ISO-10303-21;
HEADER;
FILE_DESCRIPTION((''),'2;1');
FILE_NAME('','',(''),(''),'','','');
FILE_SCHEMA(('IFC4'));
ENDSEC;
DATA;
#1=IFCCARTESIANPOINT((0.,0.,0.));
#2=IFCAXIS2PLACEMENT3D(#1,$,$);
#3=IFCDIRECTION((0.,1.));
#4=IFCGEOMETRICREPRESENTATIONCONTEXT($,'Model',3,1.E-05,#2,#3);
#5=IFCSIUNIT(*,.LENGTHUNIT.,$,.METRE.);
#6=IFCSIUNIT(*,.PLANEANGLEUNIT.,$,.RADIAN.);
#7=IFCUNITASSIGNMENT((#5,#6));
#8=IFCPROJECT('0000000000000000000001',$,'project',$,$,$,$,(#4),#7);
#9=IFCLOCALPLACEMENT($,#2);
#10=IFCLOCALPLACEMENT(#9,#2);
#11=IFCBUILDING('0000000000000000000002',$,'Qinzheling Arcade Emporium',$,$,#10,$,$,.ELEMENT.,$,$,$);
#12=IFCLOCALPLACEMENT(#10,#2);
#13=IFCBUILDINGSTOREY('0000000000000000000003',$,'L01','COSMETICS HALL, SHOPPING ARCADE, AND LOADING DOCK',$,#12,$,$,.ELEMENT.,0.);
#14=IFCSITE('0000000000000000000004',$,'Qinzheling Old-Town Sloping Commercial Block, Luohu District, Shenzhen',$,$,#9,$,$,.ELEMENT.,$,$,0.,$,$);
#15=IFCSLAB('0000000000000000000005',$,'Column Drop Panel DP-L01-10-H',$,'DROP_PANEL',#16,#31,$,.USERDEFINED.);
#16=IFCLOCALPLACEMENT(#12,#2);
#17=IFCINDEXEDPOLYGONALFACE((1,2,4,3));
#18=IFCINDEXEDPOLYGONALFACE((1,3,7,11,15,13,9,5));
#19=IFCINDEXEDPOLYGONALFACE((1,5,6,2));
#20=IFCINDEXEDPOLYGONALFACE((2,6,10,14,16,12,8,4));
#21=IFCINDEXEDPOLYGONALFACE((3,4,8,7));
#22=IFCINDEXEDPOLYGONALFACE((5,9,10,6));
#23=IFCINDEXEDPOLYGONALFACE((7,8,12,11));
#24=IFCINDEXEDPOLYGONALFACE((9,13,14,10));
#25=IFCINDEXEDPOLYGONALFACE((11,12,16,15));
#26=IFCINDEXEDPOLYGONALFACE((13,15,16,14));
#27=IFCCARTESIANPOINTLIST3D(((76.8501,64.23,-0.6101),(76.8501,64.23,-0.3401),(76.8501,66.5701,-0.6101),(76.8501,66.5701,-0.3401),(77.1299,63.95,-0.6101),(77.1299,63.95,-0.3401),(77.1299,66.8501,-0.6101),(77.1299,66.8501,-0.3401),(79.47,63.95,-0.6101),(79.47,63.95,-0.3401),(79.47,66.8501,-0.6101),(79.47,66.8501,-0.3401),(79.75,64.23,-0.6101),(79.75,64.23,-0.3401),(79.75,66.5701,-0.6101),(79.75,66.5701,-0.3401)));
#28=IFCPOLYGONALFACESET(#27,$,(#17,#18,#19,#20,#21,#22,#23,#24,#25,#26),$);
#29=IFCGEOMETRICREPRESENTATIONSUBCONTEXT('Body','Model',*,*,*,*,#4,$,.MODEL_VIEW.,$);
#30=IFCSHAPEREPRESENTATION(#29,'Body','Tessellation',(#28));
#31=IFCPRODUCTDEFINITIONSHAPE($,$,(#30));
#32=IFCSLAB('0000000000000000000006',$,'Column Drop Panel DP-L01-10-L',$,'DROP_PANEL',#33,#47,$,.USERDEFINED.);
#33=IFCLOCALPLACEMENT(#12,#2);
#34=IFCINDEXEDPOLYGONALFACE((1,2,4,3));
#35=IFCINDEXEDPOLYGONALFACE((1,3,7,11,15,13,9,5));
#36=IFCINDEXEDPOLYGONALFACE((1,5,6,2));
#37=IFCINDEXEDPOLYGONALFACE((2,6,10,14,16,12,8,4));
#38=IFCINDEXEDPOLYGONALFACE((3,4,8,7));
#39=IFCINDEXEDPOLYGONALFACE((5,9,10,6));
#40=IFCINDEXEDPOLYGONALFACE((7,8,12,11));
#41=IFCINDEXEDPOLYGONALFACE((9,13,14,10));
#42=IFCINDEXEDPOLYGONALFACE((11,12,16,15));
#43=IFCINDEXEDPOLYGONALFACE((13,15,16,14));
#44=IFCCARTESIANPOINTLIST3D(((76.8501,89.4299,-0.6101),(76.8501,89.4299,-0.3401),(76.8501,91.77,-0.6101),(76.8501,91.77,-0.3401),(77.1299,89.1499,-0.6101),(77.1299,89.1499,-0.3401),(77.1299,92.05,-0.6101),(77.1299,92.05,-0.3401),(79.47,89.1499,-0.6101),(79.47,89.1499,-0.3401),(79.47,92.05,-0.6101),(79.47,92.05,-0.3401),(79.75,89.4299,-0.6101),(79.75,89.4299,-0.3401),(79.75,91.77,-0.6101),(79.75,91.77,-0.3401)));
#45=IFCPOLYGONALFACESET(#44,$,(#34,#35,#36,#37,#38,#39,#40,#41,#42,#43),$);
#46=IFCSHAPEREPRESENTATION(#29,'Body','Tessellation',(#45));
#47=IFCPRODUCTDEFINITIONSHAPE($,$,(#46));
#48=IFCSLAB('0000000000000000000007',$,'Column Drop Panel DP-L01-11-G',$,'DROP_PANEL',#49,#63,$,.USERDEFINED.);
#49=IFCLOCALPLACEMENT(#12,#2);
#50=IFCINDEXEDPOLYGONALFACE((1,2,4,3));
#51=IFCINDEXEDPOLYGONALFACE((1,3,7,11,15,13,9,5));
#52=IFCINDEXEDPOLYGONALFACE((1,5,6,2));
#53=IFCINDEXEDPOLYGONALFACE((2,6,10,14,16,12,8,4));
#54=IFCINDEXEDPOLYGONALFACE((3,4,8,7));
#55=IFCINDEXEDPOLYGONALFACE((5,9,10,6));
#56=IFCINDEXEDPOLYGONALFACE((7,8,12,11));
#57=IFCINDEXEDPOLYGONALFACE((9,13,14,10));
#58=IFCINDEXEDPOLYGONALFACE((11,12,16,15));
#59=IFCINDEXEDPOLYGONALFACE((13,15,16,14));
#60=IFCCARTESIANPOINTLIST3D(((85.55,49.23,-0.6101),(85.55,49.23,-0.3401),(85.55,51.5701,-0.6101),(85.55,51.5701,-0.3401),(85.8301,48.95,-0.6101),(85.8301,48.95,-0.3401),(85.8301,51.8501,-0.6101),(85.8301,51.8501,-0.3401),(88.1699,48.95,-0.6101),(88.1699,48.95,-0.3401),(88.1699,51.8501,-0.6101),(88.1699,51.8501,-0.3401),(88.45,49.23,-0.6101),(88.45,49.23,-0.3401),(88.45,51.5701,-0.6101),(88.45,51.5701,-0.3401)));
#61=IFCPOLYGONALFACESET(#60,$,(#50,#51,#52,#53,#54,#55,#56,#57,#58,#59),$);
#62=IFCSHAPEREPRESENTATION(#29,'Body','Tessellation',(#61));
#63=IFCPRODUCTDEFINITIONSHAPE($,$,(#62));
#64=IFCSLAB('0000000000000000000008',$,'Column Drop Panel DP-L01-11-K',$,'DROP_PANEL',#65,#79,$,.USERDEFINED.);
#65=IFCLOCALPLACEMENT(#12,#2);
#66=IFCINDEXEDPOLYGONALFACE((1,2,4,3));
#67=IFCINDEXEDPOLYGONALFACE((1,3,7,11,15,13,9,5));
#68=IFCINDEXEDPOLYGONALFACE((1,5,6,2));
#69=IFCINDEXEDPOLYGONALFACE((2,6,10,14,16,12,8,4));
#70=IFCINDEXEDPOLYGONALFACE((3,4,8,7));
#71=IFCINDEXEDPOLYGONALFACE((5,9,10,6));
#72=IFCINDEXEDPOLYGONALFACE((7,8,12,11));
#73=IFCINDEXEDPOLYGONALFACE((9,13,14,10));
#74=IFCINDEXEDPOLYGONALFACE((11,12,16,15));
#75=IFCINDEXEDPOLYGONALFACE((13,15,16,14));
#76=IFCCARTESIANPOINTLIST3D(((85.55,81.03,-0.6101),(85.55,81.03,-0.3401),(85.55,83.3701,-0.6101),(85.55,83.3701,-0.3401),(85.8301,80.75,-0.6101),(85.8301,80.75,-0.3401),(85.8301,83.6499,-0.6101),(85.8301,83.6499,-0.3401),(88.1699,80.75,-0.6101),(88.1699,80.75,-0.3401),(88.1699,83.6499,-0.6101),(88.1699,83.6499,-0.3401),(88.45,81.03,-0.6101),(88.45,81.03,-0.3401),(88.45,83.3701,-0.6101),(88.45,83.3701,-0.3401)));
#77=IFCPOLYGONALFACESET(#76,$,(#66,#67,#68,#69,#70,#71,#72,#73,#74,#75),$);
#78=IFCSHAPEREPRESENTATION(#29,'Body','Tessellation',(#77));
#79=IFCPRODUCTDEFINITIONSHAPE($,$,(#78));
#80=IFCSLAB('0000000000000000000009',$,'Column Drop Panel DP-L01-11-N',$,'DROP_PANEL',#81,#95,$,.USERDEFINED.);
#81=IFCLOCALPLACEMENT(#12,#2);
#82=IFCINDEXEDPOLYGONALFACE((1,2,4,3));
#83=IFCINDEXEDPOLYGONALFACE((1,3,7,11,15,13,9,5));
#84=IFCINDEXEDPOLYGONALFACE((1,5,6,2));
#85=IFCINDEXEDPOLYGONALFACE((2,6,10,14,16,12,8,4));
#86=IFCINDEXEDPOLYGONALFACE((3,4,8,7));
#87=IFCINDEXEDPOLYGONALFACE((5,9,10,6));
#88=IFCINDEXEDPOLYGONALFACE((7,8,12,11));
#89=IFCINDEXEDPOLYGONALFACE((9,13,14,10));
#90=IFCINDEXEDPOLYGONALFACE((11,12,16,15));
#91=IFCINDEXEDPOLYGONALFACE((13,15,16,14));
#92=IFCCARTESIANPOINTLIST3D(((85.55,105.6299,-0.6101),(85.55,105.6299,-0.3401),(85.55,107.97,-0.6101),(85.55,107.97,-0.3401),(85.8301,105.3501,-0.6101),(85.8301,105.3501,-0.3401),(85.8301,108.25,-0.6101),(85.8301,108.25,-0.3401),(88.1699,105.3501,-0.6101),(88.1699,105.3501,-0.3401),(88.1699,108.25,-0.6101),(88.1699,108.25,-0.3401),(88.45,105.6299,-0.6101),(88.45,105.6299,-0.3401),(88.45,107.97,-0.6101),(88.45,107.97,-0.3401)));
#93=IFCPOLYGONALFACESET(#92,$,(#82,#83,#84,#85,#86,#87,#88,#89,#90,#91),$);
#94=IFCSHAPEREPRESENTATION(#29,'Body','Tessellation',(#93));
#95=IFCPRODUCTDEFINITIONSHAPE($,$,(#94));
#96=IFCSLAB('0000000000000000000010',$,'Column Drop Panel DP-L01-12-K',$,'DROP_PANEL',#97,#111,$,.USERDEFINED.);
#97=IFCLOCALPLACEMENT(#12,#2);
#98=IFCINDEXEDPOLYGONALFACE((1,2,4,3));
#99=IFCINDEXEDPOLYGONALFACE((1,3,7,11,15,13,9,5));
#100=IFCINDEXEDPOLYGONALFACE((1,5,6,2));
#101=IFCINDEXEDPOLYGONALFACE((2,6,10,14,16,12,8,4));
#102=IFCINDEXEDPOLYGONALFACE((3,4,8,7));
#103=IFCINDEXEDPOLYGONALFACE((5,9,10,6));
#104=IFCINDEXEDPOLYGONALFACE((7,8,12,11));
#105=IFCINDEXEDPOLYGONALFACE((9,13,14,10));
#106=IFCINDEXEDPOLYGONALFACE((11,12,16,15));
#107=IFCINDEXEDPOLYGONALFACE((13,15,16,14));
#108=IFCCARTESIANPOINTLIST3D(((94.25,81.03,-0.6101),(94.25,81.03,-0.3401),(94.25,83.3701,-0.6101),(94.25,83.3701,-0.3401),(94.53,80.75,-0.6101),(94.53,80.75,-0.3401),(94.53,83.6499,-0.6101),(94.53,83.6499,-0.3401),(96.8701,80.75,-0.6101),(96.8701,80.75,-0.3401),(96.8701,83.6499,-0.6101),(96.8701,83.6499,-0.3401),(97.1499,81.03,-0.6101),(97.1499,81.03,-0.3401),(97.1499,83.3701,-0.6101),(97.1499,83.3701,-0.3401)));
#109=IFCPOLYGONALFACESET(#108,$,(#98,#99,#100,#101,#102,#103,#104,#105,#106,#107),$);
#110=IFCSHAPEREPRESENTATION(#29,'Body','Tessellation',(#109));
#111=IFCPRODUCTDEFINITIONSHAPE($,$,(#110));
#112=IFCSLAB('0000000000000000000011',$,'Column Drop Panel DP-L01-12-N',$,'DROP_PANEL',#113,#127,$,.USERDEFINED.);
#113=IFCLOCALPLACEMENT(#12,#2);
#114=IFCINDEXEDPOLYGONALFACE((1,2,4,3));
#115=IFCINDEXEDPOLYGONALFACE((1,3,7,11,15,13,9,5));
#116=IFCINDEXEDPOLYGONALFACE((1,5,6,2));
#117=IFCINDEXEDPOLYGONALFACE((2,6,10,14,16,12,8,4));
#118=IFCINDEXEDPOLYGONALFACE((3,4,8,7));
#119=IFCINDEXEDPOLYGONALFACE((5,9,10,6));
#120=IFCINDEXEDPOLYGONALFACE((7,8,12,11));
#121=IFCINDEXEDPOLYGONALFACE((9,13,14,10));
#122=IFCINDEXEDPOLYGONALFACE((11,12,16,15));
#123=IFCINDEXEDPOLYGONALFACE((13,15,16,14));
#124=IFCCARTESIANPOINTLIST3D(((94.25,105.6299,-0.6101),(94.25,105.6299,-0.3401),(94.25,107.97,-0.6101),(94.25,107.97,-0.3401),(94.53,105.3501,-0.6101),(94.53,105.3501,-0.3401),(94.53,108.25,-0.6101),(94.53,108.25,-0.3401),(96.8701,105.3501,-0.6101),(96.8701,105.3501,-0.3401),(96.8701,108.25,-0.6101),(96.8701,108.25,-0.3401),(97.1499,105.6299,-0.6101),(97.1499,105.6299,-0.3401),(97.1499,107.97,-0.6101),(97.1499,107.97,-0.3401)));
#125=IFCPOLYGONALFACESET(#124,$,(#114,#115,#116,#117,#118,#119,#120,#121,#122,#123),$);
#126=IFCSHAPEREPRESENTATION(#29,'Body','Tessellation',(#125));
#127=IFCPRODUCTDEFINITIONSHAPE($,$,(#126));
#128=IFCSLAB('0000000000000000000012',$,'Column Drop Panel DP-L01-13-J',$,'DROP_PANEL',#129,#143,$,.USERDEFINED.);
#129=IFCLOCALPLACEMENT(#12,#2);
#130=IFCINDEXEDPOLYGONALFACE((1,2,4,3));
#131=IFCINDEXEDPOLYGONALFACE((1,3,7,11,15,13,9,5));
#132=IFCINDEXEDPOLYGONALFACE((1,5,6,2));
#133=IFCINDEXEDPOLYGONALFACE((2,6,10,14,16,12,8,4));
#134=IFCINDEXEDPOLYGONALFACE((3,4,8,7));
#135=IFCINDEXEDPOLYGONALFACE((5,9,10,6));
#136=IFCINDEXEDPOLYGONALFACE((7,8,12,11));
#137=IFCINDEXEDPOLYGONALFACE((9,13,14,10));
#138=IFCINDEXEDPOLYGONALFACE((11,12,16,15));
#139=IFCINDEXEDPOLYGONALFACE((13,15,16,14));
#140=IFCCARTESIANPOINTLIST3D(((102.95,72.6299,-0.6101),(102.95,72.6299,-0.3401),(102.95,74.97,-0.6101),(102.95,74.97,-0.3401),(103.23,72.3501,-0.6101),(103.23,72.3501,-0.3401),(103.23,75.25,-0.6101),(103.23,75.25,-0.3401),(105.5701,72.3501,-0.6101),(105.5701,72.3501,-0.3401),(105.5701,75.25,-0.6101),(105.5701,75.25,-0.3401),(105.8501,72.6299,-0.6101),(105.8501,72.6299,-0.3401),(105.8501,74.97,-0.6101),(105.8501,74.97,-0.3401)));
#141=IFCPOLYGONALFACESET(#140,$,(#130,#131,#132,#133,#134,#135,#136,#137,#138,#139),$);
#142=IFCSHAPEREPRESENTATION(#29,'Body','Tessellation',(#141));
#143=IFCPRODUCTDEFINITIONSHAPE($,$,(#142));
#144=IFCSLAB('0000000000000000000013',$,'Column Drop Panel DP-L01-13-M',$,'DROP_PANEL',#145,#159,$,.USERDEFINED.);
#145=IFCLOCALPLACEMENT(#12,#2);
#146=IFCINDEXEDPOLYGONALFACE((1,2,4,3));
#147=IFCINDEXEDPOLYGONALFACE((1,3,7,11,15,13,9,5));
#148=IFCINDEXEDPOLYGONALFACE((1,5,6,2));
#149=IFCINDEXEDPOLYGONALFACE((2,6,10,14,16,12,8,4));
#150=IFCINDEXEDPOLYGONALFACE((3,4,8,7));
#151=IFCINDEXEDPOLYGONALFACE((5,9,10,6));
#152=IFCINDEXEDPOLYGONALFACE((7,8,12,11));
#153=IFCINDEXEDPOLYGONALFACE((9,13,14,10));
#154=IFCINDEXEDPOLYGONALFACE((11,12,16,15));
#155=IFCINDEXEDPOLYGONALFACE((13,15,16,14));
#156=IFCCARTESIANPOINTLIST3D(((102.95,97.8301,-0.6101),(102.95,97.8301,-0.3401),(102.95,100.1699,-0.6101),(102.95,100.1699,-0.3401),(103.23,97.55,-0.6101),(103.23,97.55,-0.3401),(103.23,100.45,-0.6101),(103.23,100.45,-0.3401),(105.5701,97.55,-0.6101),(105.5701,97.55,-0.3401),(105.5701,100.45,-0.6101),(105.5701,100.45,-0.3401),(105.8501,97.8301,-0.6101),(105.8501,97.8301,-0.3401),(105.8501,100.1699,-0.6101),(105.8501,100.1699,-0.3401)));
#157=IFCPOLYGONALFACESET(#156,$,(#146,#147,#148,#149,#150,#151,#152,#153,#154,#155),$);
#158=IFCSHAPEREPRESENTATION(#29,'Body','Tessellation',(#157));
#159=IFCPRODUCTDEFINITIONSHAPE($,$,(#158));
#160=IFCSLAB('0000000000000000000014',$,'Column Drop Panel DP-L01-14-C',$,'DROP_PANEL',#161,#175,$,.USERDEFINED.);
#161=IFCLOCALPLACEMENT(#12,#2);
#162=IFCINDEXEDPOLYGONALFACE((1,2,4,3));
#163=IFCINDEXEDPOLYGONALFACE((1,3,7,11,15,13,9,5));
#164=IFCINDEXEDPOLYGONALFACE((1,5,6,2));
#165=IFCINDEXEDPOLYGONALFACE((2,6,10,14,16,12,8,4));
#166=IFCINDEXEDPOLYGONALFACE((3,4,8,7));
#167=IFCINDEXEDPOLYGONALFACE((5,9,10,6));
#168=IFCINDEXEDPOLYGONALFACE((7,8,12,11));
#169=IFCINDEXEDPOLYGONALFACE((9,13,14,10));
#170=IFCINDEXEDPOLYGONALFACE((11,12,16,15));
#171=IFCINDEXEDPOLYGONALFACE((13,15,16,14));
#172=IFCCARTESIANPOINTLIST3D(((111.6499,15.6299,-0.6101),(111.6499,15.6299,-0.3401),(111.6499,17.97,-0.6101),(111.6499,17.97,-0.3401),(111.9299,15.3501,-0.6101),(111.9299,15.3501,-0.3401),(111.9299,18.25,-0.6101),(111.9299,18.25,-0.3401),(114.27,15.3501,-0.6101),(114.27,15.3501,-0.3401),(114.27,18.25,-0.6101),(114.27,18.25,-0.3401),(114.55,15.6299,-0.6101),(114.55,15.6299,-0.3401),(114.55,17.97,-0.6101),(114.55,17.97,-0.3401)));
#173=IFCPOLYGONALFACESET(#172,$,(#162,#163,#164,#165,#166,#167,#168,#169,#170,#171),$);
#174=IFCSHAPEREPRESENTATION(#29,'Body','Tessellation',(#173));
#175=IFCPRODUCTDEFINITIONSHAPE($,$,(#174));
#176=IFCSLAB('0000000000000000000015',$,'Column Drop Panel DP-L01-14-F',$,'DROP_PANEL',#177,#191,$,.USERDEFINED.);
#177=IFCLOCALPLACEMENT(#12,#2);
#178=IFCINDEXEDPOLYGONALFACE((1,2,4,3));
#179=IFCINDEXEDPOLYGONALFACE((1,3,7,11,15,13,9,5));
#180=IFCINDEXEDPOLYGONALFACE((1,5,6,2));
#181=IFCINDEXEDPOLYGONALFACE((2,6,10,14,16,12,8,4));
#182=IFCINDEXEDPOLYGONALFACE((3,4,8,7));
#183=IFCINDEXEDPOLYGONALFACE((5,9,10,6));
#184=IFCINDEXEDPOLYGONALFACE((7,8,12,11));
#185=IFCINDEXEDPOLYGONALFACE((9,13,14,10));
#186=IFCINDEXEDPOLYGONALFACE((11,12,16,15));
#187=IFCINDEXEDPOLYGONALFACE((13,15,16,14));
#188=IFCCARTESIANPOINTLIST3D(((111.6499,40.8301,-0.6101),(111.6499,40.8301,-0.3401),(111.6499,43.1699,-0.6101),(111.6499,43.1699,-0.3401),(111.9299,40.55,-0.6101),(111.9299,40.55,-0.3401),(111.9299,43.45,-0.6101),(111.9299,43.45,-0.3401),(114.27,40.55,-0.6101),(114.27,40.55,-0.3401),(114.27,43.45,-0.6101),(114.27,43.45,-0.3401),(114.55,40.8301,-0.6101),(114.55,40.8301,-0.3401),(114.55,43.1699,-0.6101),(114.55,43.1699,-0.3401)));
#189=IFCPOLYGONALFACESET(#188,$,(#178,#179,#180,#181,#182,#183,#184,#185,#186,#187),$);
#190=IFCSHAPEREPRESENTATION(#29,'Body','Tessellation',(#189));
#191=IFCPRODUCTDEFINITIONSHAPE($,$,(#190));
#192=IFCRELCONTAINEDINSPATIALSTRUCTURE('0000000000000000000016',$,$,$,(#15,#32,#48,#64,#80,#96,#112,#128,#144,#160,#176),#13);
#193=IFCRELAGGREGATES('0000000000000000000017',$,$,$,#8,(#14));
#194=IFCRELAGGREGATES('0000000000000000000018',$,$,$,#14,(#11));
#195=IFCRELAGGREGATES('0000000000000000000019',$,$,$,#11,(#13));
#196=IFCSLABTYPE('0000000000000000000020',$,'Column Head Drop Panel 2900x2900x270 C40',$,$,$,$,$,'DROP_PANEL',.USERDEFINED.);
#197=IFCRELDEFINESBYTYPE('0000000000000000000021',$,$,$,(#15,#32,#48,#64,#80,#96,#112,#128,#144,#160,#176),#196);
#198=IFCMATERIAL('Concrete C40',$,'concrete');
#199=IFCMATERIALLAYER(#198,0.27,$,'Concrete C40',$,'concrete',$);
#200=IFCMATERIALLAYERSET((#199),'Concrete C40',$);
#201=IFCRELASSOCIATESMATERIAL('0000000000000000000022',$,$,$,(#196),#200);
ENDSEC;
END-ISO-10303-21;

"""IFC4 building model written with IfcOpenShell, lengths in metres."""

from ifc_helpers import new_model, si_unit, direction, frame, origin, place, context, subcontext, project, spatial, polyline, outline, extrude, material, layer, layer_set, type_object, element, save


model = new_model("IFC4")

# Units and contexts
model_context = context("Model", 3, precision=1e-05, world=origin(), true_north=direction((0.0, 1.0)))
body_context = subcontext(model_context, "Body", "Model", "MODEL_VIEW")
ifc_project = project(units=[si_unit("LENGTHUNIT", "METRE"), si_unit("PLANEANGLEUNIT", "RADIAN")], contexts=[model_context])

# Site, building, storey
site_placement = place(None, origin())
site = spatial("IfcSite", under=ifc_project, at=site_placement, Name="Qinzheling Old-Town Sloping Commercial Block, Luohu District, Shenzhen", CompositionType="ELEMENT", RefElevation=0.0)
building_placement = place(site_placement, origin())
building = spatial("IfcBuilding", under=site, at=building_placement, Name="Qinzheling Arcade Emporium", CompositionType="ELEMENT")
storey_placement = place(building_placement, origin())
storey = spatial("IfcBuildingStorey", under=building, at=storey_placement, Name="L01", Description="COSMETICS HALL, SHOPPING ARCADE, AND LOADING DOCK", CompositionType="ELEMENT", Elevation=0.0)

# Slabs
ifc_material = material(Name="Concrete C40", Category="concrete")
ifc_layer_1 = layer(ifc_material, 0.27, Name="Concrete C40", Category="concrete")
ifc_layer_set_1 = layer_set([ifc_layer_1], Name="Concrete C40")
slab_type_1 = type_object("IfcSlabType", Name="Column Head Drop Panel 2900x2900x270 C40", ElementType="DROP_PANEL", PredefinedType="USERDEFINED", material=ifc_layer_set_1)
slab_1_placement = place(storey_placement, frame((0.0, 0.0, -0.6101)))
element("IfcSlab", 1, at=slab_1_placement, inside=storey, type_object=slab_type_1, Name="Column Drop Panel DP-L01-10-H", ObjectType="DROP_PANEL", PredefinedType="USERDEFINED", context=body_context, shape_type="SweptSolid", body=[
    extrude(outline(polyline([(77.1299, 63.95), (79.47, 63.95), (79.75, 64.23), (79.75, 66.5701), (79.47, 66.8501), (77.1299, 66.8501), (76.8501, 66.5701), (76.8501, 64.23), (77.1299, 63.95)])), origin(), (0.0, 0.0, 1.0), 0.27),
])
slab_2_placement = place(storey_placement, frame((0.0, 0.0, -0.6101)))
element("IfcSlab", 2, at=slab_2_placement, inside=storey, type_object=slab_type_1, Name="Column Drop Panel DP-L01-10-L", ObjectType="DROP_PANEL", PredefinedType="USERDEFINED", context=body_context, shape_type="SweptSolid", body=[
    extrude(outline(polyline([(77.1299, 89.1499), (79.47, 89.1499), (79.75, 89.4299), (79.75, 91.77), (79.47, 92.05), (77.1299, 92.05), (76.8501, 91.77), (76.8501, 89.4299), (77.1299, 89.1499)])), origin(), (0.0, 0.0, 1.0), 0.27),
])
slab_3_placement = place(storey_placement, frame((0.0, 0.0, -0.6101)))
element("IfcSlab", 3, at=slab_3_placement, inside=storey, type_object=slab_type_1, Name="Column Drop Panel DP-L01-11-G", ObjectType="DROP_PANEL", PredefinedType="USERDEFINED", context=body_context, shape_type="SweptSolid", body=[
    extrude(outline(polyline([(85.8301, 48.95), (88.1699, 48.95), (88.45, 49.23), (88.45, 51.5701), (88.1699, 51.8501), (85.8301, 51.8501), (85.55, 51.5701), (85.55, 49.23), (85.8301, 48.95)])), origin(), (0.0, 0.0, 1.0), 0.27),
])
slab_4_placement = place(storey_placement, frame((0.0, 0.0, -0.6101)))
element("IfcSlab", 4, at=slab_4_placement, inside=storey, type_object=slab_type_1, Name="Column Drop Panel DP-L01-11-K", ObjectType="DROP_PANEL", PredefinedType="USERDEFINED", context=body_context, shape_type="SweptSolid", body=[
    extrude(outline(polyline([(85.8301, 80.75), (88.1699, 80.75), (88.45, 81.03), (88.45, 83.3701), (88.1699, 83.6499), (85.8301, 83.6499), (85.55, 83.3701), (85.55, 81.03), (85.8301, 80.75)])), origin(), (0.0, 0.0, 1.0), 0.27),
])
slab_5_placement = place(storey_placement, frame((0.0, 0.0, -0.6101)))
element("IfcSlab", 5, at=slab_5_placement, inside=storey, type_object=slab_type_1, Name="Column Drop Panel DP-L01-11-N", ObjectType="DROP_PANEL", PredefinedType="USERDEFINED", context=body_context, shape_type="SweptSolid", body=[
    extrude(outline(polyline([(85.8301, 105.3501), (88.1699, 105.3501), (88.45, 105.6299), (88.45, 107.97), (88.1699, 108.25), (85.8301, 108.25), (85.55, 107.97), (85.55, 105.6299), (85.8301, 105.3501)])), origin(), (0.0, 0.0, 1.0), 0.27),
])
slab_6_placement = place(storey_placement, frame((0.0, 0.0, -0.6101)))
element("IfcSlab", 6, at=slab_6_placement, inside=storey, type_object=slab_type_1, Name="Column Drop Panel DP-L01-12-K", ObjectType="DROP_PANEL", PredefinedType="USERDEFINED", context=body_context, shape_type="SweptSolid", body=[
    extrude(outline(polyline([(94.53, 80.75), (96.8701, 80.75), (97.1499, 81.03), (97.1499, 83.3701), (96.8701, 83.6499), (94.53, 83.6499), (94.25, 83.3701), (94.25, 81.03), (94.53, 80.75)])), origin(), (0.0, 0.0, 1.0), 0.27),
])
slab_7_placement = place(storey_placement, frame((0.0, 0.0, -0.6101)))
element("IfcSlab", 7, at=slab_7_placement, inside=storey, type_object=slab_type_1, Name="Column Drop Panel DP-L01-12-N", ObjectType="DROP_PANEL", PredefinedType="USERDEFINED", context=body_context, shape_type="SweptSolid", body=[
    extrude(outline(polyline([(94.53, 105.3501), (96.8701, 105.3501), (97.1499, 105.6299), (97.1499, 107.97), (96.8701, 108.25), (94.53, 108.25), (94.25, 107.97), (94.25, 105.6299), (94.53, 105.3501)])), origin(), (0.0, 0.0, 1.0), 0.27),
])
slab_8_placement = place(storey_placement, frame((0.0, 0.0, -0.6101)))
element("IfcSlab", 8, at=slab_8_placement, inside=storey, type_object=slab_type_1, Name="Column Drop Panel DP-L01-13-J", ObjectType="DROP_PANEL", PredefinedType="USERDEFINED", context=body_context, shape_type="SweptSolid", body=[
    extrude(outline(polyline([(103.23, 72.3501), (105.5701, 72.3501), (105.8501, 72.6299), (105.8501, 74.97), (105.5701, 75.25), (103.23, 75.25), (102.95, 74.97), (102.95, 72.6299), (103.23, 72.3501)])), origin(), (0.0, 0.0, 1.0), 0.27),
])
slab_9_placement = place(storey_placement, frame((0.0, 0.0, -0.6101)))
element("IfcSlab", 9, at=slab_9_placement, inside=storey, type_object=slab_type_1, Name="Column Drop Panel DP-L01-13-M", ObjectType="DROP_PANEL", PredefinedType="USERDEFINED", context=body_context, shape_type="SweptSolid", body=[
    extrude(outline(polyline([(103.23, 97.55), (105.5701, 97.55), (105.8501, 97.8301), (105.8501, 100.1699), (105.5701, 100.45), (103.23, 100.45), (102.95, 100.1699), (102.95, 97.8301), (103.23, 97.55)])), origin(), (0.0, 0.0, 1.0), 0.27),
])
slab_10_placement = place(storey_placement, frame((0.0, 0.0, -0.6101)))
element("IfcSlab", 10, at=slab_10_placement, inside=storey, type_object=slab_type_1, Name="Column Drop Panel DP-L01-14-C", ObjectType="DROP_PANEL", PredefinedType="USERDEFINED", context=body_context, shape_type="SweptSolid", body=[
    extrude(outline(polyline([(111.9299, 15.3501), (114.27, 15.3501), (114.55, 15.6299), (114.55, 17.97), (114.27, 18.25), (111.9299, 18.25), (111.6499, 17.97), (111.6499, 15.6299), (111.9299, 15.3501)])), origin(), (0.0, 0.0, 1.0), 0.27),
])
slab_11_placement = place(storey_placement, frame((0.0, 0.0, -0.6101)))
element("IfcSlab", 11, at=slab_11_placement, inside=storey, type_object=slab_type_1, Name="Column Drop Panel DP-L01-14-F", ObjectType="DROP_PANEL", PredefinedType="USERDEFINED", context=body_context, shape_type="SweptSolid", body=[
    extrude(outline(polyline([(111.9299, 40.55), (114.27, 40.55), (114.55, 40.8301), (114.55, 43.1699), (114.27, 43.45), (111.9299, 43.45), (111.6499, 43.1699), (111.6499, 40.8301), (111.9299, 40.55)])), origin(), (0.0, 0.0, 1.0), 0.27),
])

save(model, "model.ifc")
